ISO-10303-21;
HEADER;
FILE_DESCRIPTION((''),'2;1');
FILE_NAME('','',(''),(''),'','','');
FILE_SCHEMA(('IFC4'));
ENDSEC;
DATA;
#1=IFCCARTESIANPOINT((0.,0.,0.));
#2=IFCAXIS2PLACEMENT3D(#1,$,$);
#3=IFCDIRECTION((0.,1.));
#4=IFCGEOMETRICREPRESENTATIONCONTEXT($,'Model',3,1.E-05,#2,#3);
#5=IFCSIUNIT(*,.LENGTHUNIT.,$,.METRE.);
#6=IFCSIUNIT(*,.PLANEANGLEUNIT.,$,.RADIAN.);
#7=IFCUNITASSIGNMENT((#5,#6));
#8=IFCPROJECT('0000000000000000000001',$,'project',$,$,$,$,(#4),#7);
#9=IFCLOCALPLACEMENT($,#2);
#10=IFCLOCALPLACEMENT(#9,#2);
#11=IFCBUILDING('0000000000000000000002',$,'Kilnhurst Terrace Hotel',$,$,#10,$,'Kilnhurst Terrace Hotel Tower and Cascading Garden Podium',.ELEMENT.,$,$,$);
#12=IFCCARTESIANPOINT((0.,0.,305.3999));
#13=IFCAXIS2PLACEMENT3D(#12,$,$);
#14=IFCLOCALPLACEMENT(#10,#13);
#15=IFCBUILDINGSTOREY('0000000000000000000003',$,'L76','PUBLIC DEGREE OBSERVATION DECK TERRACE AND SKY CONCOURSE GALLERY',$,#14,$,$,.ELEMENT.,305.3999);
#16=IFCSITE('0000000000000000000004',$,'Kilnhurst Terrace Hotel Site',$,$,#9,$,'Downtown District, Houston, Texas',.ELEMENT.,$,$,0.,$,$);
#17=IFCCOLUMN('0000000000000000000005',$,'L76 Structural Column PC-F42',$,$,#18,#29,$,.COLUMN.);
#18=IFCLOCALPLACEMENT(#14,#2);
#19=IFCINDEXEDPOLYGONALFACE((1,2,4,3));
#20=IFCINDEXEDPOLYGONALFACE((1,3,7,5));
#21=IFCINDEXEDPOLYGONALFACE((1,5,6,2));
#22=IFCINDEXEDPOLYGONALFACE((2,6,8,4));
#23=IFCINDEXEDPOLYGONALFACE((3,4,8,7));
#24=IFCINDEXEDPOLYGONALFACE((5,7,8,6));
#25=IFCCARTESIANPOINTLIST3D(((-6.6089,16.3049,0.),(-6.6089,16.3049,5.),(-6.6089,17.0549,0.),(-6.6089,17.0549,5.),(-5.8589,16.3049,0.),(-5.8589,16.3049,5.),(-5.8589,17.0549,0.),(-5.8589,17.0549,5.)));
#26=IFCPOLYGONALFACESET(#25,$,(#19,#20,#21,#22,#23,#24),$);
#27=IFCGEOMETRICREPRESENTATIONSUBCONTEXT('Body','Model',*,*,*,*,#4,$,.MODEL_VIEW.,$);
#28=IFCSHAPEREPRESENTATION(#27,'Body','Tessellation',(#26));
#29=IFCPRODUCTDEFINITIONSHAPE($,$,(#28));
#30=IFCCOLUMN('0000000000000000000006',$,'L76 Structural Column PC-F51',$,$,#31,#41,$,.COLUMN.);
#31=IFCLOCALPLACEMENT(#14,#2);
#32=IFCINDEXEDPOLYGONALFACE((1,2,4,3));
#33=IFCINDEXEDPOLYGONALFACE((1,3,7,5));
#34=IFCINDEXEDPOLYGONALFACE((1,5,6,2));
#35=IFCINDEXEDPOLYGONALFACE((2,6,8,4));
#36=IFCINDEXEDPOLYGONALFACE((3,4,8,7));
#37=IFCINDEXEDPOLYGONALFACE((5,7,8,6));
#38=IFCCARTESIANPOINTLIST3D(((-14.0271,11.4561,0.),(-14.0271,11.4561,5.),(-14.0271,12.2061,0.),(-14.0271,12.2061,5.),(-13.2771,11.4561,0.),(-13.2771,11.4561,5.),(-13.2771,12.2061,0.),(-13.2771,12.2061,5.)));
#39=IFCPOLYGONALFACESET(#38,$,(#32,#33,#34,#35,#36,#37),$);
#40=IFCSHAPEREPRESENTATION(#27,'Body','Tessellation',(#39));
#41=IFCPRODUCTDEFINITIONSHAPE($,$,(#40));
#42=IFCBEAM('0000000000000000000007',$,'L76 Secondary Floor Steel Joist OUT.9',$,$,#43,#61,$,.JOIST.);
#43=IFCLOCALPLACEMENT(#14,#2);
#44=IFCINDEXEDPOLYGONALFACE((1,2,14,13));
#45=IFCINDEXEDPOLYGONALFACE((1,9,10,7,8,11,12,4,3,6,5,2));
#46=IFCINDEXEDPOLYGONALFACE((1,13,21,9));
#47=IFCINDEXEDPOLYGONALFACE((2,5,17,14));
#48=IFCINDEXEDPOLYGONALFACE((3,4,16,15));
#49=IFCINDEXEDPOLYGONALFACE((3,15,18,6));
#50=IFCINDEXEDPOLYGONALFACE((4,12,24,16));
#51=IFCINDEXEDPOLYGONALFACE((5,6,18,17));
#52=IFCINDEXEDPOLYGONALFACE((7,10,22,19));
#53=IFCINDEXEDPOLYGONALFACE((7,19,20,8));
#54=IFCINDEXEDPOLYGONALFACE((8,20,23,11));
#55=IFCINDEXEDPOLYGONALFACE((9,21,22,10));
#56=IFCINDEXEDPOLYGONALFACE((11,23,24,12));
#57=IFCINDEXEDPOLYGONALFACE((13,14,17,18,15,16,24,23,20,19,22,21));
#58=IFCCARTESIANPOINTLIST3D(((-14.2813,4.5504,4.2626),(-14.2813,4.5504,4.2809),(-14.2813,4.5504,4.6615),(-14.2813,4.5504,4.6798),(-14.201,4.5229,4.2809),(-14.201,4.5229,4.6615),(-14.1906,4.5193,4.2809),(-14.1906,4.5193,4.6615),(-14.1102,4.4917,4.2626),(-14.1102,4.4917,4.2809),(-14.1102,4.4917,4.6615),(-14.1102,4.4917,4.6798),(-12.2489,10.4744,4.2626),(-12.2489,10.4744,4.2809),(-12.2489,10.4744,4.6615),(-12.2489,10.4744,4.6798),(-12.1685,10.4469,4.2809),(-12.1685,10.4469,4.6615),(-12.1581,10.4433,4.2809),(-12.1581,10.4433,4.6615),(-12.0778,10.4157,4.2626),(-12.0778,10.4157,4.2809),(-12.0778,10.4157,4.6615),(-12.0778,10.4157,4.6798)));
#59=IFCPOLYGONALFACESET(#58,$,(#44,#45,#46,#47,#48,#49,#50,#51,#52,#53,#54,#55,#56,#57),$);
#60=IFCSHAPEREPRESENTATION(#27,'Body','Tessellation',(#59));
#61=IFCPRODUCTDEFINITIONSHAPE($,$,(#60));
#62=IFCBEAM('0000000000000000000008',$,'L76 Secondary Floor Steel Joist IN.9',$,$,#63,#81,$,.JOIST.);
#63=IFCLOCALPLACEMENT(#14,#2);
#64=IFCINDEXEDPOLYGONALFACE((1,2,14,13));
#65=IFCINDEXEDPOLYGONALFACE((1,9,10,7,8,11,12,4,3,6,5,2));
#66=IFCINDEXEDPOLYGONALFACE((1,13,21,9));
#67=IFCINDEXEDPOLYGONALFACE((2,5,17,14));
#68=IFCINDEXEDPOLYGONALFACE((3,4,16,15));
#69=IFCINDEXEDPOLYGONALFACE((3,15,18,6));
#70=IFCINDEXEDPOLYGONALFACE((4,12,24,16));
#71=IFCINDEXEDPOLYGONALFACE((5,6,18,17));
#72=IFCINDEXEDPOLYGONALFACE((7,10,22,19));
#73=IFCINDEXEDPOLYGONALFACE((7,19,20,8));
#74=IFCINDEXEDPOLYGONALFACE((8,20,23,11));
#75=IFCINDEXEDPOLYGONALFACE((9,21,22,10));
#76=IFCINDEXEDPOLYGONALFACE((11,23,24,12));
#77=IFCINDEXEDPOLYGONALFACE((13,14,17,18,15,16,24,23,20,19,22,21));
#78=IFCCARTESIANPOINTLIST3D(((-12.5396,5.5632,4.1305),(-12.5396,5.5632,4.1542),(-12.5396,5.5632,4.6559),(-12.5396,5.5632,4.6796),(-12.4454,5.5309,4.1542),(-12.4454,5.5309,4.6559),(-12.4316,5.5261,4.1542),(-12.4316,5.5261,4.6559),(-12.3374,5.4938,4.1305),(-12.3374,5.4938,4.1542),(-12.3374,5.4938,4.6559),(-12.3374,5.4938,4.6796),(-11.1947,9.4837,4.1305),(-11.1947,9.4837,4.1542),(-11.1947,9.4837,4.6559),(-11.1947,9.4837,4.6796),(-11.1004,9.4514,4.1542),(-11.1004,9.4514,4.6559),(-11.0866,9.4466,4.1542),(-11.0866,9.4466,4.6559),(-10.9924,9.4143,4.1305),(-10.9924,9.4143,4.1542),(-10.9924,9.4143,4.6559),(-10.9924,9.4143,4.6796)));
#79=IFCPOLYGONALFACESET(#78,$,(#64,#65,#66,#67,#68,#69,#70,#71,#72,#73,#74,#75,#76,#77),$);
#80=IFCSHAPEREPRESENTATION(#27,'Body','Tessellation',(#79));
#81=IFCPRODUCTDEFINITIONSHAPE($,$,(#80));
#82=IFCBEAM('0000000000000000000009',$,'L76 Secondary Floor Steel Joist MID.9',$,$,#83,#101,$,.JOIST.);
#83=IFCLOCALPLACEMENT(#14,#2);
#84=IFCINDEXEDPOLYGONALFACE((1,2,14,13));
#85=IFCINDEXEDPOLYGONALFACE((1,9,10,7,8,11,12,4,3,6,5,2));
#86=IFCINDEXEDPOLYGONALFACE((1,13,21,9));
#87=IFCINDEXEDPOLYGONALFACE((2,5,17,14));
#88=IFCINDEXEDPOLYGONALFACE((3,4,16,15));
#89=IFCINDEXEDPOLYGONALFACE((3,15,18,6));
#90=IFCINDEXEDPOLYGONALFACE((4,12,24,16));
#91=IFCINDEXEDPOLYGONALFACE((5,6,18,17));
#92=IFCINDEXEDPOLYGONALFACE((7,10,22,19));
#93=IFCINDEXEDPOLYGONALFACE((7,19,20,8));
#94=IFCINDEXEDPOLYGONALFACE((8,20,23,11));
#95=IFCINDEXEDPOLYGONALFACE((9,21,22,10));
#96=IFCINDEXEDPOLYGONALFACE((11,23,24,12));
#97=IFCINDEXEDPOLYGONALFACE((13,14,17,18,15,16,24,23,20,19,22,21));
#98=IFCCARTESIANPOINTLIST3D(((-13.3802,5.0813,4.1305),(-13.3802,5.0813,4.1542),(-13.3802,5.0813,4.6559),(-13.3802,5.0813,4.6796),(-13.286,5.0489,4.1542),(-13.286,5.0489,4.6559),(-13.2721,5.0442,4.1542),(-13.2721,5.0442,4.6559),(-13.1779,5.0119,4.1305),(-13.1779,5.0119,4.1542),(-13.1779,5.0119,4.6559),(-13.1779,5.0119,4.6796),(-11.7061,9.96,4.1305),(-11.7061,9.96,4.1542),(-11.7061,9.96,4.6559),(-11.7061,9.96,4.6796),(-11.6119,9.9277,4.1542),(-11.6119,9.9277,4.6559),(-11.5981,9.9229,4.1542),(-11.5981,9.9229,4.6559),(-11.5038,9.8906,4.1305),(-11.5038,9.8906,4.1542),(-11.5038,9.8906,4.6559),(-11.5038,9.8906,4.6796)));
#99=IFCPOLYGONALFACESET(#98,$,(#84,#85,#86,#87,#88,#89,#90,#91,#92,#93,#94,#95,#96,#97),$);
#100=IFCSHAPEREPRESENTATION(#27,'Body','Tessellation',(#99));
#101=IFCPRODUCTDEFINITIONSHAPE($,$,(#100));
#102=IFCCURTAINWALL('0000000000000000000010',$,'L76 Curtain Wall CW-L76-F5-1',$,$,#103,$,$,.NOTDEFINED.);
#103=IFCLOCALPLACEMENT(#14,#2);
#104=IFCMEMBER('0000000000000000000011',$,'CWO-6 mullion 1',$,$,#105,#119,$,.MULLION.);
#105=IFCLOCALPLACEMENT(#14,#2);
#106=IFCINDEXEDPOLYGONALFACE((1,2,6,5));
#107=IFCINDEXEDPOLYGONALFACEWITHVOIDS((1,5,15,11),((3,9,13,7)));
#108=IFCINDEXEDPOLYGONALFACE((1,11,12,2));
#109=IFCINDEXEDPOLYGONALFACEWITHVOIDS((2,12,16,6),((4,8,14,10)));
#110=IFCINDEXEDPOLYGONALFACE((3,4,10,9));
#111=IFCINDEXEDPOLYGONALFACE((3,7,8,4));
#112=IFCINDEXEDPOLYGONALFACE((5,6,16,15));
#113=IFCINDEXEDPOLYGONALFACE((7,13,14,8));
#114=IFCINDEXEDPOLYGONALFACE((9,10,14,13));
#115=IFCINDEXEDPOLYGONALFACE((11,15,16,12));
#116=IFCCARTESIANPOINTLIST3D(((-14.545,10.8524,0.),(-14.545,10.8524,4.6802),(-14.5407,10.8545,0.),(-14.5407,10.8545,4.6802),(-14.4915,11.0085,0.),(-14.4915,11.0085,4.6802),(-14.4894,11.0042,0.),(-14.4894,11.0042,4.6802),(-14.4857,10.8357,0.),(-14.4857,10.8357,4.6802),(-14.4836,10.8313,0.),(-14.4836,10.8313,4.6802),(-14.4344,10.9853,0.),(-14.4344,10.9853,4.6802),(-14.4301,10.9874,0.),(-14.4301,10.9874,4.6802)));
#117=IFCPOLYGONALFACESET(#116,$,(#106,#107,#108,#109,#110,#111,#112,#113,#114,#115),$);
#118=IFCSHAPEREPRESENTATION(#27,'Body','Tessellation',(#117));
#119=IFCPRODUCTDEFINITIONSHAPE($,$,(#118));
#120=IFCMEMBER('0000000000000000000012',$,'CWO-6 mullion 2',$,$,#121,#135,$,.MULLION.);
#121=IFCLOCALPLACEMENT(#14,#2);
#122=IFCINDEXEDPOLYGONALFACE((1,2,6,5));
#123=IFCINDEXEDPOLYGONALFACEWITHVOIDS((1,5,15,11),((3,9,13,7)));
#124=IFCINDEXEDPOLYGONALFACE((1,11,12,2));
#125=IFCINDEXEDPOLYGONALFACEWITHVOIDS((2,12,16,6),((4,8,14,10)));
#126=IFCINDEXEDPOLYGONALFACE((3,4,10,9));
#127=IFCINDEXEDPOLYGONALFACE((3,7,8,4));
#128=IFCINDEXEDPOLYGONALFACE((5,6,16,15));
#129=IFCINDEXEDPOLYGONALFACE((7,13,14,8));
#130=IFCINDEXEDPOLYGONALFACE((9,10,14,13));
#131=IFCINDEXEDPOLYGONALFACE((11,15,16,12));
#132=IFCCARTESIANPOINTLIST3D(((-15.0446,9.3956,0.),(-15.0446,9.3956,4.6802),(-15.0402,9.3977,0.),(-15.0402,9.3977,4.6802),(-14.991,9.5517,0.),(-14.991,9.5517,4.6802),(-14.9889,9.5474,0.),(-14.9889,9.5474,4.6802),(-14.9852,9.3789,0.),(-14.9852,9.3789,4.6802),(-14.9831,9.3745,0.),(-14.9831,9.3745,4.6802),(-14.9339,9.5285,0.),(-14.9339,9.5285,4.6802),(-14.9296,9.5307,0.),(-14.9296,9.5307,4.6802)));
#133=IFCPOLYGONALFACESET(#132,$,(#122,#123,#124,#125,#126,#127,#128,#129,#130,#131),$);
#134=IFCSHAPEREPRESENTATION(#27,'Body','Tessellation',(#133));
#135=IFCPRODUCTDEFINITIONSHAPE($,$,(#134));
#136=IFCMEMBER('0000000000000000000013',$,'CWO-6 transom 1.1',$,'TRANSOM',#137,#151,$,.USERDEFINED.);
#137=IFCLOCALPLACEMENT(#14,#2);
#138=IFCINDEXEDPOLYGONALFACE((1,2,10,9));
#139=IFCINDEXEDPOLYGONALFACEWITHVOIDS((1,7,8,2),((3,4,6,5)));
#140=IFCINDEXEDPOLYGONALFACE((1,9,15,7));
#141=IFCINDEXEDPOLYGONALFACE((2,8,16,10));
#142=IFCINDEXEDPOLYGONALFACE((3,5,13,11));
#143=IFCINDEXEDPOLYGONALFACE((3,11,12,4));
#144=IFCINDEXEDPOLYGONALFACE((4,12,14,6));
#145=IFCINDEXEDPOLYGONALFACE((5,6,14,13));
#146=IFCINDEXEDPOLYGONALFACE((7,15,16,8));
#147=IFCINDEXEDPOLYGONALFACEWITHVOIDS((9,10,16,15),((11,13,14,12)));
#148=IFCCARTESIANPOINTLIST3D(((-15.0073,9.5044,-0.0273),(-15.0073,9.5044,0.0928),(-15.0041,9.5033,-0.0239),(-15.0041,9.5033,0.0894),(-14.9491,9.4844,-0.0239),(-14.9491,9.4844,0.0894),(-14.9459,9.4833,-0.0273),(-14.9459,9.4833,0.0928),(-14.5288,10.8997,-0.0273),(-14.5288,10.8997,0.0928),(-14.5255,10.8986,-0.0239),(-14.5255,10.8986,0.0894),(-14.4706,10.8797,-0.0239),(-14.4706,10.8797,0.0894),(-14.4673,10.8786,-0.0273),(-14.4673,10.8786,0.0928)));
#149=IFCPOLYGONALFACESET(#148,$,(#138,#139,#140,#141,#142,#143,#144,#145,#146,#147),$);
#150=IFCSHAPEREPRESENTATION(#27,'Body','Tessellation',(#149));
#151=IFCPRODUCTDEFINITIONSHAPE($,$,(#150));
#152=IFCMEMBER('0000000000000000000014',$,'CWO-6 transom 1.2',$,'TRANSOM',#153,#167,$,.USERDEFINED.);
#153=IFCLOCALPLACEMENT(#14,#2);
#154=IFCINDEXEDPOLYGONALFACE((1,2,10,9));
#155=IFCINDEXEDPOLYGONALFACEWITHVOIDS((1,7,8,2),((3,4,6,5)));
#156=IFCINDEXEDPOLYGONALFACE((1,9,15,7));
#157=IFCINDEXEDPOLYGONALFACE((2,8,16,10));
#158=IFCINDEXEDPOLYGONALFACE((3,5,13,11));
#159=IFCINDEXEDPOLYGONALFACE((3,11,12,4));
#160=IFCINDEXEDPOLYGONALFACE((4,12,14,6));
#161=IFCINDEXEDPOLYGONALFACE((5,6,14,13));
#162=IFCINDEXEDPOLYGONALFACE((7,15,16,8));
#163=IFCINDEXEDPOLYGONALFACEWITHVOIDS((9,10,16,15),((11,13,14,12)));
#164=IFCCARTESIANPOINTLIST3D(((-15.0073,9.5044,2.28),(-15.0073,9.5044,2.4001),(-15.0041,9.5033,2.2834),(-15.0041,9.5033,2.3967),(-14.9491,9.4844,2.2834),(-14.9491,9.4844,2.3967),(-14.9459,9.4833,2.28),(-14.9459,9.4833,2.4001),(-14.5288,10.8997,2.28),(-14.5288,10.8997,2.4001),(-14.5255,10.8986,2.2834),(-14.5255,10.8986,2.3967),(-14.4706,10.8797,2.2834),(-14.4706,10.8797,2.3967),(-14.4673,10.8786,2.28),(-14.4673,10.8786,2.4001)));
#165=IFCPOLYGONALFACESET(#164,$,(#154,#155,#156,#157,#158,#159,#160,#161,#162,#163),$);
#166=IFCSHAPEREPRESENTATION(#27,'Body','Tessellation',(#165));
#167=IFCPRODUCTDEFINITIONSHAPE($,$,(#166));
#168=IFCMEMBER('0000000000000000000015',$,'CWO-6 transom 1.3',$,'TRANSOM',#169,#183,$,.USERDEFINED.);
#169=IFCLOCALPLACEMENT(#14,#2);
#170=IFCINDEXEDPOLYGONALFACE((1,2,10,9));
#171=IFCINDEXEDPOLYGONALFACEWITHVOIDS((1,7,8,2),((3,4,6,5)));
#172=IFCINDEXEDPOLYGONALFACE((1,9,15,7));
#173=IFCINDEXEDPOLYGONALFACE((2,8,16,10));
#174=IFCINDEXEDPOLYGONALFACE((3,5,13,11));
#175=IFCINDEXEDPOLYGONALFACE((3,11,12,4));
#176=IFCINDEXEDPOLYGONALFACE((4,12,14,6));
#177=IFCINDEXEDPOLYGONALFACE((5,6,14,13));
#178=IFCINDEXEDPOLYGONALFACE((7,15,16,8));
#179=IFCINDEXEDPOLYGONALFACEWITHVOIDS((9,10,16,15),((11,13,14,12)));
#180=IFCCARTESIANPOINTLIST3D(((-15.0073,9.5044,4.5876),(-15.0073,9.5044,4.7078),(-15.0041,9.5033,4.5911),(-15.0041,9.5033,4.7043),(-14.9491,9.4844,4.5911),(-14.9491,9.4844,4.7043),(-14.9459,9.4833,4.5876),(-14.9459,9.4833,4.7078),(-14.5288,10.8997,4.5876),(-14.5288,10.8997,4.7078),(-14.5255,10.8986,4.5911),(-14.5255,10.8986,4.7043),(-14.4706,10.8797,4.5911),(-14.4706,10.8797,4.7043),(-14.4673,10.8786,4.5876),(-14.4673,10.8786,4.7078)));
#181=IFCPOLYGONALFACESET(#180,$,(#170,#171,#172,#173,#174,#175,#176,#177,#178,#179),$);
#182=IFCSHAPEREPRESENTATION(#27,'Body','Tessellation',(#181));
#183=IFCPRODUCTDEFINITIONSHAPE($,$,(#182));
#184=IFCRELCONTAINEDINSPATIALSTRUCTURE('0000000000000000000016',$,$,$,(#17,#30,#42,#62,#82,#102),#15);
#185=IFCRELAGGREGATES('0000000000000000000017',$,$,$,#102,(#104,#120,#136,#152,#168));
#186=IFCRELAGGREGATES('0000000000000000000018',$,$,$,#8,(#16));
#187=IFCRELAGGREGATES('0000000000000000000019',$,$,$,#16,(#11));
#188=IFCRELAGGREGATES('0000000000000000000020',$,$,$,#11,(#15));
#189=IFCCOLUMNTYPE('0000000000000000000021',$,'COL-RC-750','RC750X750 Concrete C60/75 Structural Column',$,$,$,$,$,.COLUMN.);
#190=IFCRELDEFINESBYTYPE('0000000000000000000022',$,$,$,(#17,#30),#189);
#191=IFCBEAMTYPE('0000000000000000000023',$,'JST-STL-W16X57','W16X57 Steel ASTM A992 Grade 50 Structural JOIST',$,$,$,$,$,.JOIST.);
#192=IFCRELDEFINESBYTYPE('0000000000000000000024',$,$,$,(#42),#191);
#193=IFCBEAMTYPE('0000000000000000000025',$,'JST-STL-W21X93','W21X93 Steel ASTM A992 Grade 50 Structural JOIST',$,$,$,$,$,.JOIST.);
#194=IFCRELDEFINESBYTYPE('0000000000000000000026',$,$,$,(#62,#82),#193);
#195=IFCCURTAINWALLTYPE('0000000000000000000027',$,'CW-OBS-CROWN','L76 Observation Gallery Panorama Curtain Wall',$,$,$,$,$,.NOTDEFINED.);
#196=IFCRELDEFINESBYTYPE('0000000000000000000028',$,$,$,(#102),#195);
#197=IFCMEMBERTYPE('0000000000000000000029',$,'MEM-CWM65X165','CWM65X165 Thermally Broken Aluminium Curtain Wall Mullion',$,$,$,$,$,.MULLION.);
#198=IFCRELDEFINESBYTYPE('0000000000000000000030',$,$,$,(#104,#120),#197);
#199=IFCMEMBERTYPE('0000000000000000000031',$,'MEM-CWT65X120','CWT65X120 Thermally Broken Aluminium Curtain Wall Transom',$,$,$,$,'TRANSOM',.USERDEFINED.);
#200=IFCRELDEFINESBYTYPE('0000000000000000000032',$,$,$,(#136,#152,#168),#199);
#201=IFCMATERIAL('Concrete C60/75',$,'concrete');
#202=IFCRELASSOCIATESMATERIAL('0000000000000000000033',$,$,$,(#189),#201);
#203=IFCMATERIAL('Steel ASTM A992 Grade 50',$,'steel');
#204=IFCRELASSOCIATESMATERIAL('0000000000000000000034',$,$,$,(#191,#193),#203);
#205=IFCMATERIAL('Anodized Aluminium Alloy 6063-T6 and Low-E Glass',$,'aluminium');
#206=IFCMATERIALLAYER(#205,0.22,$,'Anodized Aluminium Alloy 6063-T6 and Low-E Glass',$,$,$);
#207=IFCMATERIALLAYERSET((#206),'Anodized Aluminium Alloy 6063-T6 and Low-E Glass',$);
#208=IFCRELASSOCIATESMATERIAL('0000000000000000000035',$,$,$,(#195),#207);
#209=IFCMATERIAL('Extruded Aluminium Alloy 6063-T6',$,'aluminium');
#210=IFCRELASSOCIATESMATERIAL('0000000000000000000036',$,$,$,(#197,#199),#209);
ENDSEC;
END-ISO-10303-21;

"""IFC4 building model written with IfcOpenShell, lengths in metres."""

from ifc_helpers import new_model, si_unit, direction, frame, origin, origin_2d, place, context, subcontext, project, spatial, rectangle, hollow_rectangle, i_section, extrude, material, layer, layer_set, material_profile, profile_set, type_object, element, aggregate, save


model = new_model("IFC4")

# Units and contexts
model_context = context("Model", 3, precision=1e-05, world=origin(), true_north=direction((0.0, 1.0)))
body_context = subcontext(model_context, "Body", "Model", "MODEL_VIEW")
ifc_project = project(units=[si_unit("LENGTHUNIT", "METRE"), si_unit("PLANEANGLEUNIT", "RADIAN")], contexts=[model_context])

# Site, building, storey
site_placement = place(None, origin())
site = spatial("IfcSite", under=ifc_project, at=site_placement, Name="Kilnhurst Terrace Hotel Site", LongName="Downtown District, Houston, Texas", CompositionType="ELEMENT", RefElevation=0.0)
building_placement = place(site_placement, origin())
building = spatial("IfcBuilding", under=site, at=building_placement, Name="Kilnhurst Terrace Hotel", LongName="Kilnhurst Terrace Hotel Tower and Cascading Garden Podium", CompositionType="ELEMENT")
storey_placement = place(building_placement, frame((0.0, 0.0, 305.3999)))
storey = spatial("IfcBuildingStorey", under=building, at=storey_placement, Name="L76", Description="PUBLIC DEGREE OBSERVATION DECK TERRACE AND SKY CONCOURSE GALLERY", CompositionType="ELEMENT", Elevation=305.3999)

# Columns
ifc_material_1 = material(Name="Concrete C60/75", Category="concrete")
ifc_material_profile_1 = material_profile(ifc_material_1, rectangle(XDim=0.75, YDim=0.75, at=origin_2d()), Name="RC750X750")
ifc_profile_set_1 = profile_set([ifc_material_profile_1], Name="Concrete C60/75")
column_type = type_object("IfcColumnType", Name="COL-RC-750", Description="RC750X750 Concrete C60/75 Structural Column", PredefinedType="COLUMN", material=ifc_profile_set_1)
for number, where, z_axis, x_axis, name in (
    (1, (-6.2339, 16.6799, 0.0), (0.0, 0.0, 1.0), (1.0, 0.0, 0.0), "L76 Structural Column PC-F42"),
    (2, (-13.6521, 11.8311, 0.0), (0.0, 0.0, 1.0), (1.0, 0.0, 0.0), "L76 Structural Column PC-F51"),
):
    element("IfcColumn", number, at=place(storey_placement, frame(where, z_axis=z_axis, x_axis=x_axis)), inside=storey, type_object=column_type, Name=name, PredefinedType="COLUMN", context=body_context, shape_type="SweptSolid", body=[
        extrude(rectangle(XDim=0.75, YDim=0.75, at=origin_2d()), origin(), (0.0, 0.0, 1.0), 5.0),
    ])

# Beams
ifc_material_2 = material(Name="Steel ASTM A992 Grade 50", Category="steel")
ifc_material_profile_2 = material_profile(ifc_material_2, i_section(OverallWidth=0.1809, OverallDepth=0.4172, WebThickness=0.011, FlangeThickness=0.0183, at=origin_2d()), Name="W16X57")
ifc_profile_set_2 = profile_set([ifc_material_profile_2], Name="Steel ASTM A992 Grade 50")
beam_type_1 = type_object("IfcBeamType", Name="JST-STL-W16X57", Description="W16X57 Steel ASTM A992 Grade 50 Structural JOIST", PredefinedType="JOIST", material=ifc_profile_set_2)
beam_1_placement = place(storey_placement, frame((-12.1633, 10.4451, 4.4712), z_axis=(-0.324519, -0.945879, 0.0), x_axis=(0.945879, -0.324519, 0.0)))
element("IfcBeam", 3, at=beam_1_placement, inside=storey, type_object=beam_type_1, Name="L76 Secondary Floor Steel Joist OUT.9", PredefinedType="JOIST", context=body_context, shape_type="SweptSolid", body=[
    extrude(i_section(OverallWidth=0.1809, OverallDepth=0.4172, WebThickness=0.011, FlangeThickness=0.0183, at=origin_2d()), origin(), (0.0, 0.0, 1.0), 6.2629),
])
ifc_material_profile_3 = material_profile(ifc_material_2, i_section(OverallWidth=0.2139, OverallDepth=0.5491, WebThickness=0.0146, FlangeThickness=0.0237, at=origin_2d()), Name="W21X93")
ifc_profile_set_3 = profile_set([ifc_material_profile_3], Name="Steel ASTM A992 Grade 50")
beam_type_2 = type_object("IfcBeamType", Name="JST-STL-W21X93", Description="W21X93 Steel ASTM A992 Grade 50 Structural JOIST", PredefinedType="JOIST", material=ifc_profile_set_3)
beam_2_placement = place(storey_placement, frame((-11.0935, 9.449, 4.405), z_axis=(-0.324504, -0.945884, 0.0), x_axis=(0.945884, -0.324504, 0.0)))
element("IfcBeam", 4, at=beam_2_placement, inside=storey, type_object=beam_type_2, Name="L76 Secondary Floor Steel Joist IN.9", PredefinedType="JOIST", context=body_context, shape_type="SweptSolid", body=[
    extrude(i_section(OverallWidth=0.2139, OverallDepth=0.5491, WebThickness=0.0146, FlangeThickness=0.0237, at=origin_2d()), origin(), (0.0, 0.0, 1.0), 4.1448),
])
beam_3_placement = place(storey_placement, frame((-11.605, 9.9253, 4.405), z_axis=(-0.324565, -0.945863, 0.0), x_axis=(0.945863, -0.324565, 0.0)))
element("IfcBeam", 5, at=beam_3_placement, inside=storey, type_object=beam_type_2, Name="L76 Secondary Floor Steel Joist MID.9", PredefinedType="JOIST", context=body_context, shape_type="SweptSolid", body=[
    extrude(i_section(OverallWidth=0.2139, OverallDepth=0.5491, WebThickness=0.0146, FlangeThickness=0.0237, at=origin_2d()), origin(), (0.0, 0.0, 1.0), 5.158),
])

# Curtain wall, members
ifc_material_3 = material(Name="Anodized Aluminium Alloy 6063-T6 and Low-E Glass", Category="aluminium")
ifc_layer_1 = layer(ifc_material_3, 0.22, Name="Anodized Aluminium Alloy 6063-T6 and Low-E Glass")
ifc_layer_set_1 = layer_set([ifc_layer_1], Name="Anodized Aluminium Alloy 6063-T6 and Low-E Glass")
curtain_wall_type = type_object("IfcCurtainWallType", Name="CW-OBS-CROWN", Description="L76 Observation Gallery Panorama Curtain Wall", PredefinedType="NOTDEFINED", material=ifc_layer_set_1)
curtain_wall_placement = place(storey_placement, origin())
curtain_wall = element("IfcCurtainWall", 6, at=curtain_wall_placement, inside=storey, type_object=curtain_wall_type, Name="L76 Curtain Wall CW-L76-F5-1", PredefinedType="NOTDEFINED")
ifc_material_4 = material(Name="Extruded Aluminium Alloy 6063-T6", Category="aluminium")
ifc_material_profile_4 = material_profile(ifc_material_4, hollow_rectangle(XDim=0.0649, YDim=0.165, WallThickness=0.0034, at=origin_2d()), Name="CWM65X165")
ifc_profile_set_4 = profile_set([ifc_material_profile_4], Name="Extruded Aluminium Alloy 6063-T6")
member_type_1 = type_object("IfcMemberType", Name="MEM-CWM65X165", Description="CWM65X165 Thermally Broken Aluminium Curtain Wall Mullion", PredefinedType="MULLION", material=ifc_profile_set_4)
member_1_placement = place(storey_placement, frame((-14.4875, 10.9199, 0.0), z_axis=(0.0, 0.0, 1.0), x_axis=(0.945887, -0.324496, 0.0)))
member_1 = element("IfcMember", 7, at=member_1_placement, type_object=member_type_1, Name="CWO-6 mullion 1", PredefinedType="MULLION", context=body_context, shape_type="SweptSolid", body=[
    extrude(hollow_rectangle(XDim=0.0649, YDim=0.165, WallThickness=0.0034, at=origin_2d()), origin(), (0.0, 0.0, 1.0), 4.6802),
])
member_2_placement = place(storey_placement, frame((-14.9871, 9.4631, 0.0), z_axis=(0.0, 0.0, 1.0), x_axis=(0.945887, -0.324496, 0.0)))
member_2 = element("IfcMember", 8, at=member_2_placement, type_object=member_type_1, Name="CWO-6 mullion 2", PredefinedType="MULLION", context=body_context, shape_type="SweptSolid", body=[
    extrude(hollow_rectangle(XDim=0.0649, YDim=0.165, WallThickness=0.0034, at=origin_2d()), origin(), (0.0, 0.0, 1.0), 4.6802),
])
ifc_material_profile_5 = material_profile(ifc_material_4, hollow_rectangle(XDim=0.0649, YDim=0.1201, WallThickness=0.0034, at=origin_2d()), Name="CWT65X120")
ifc_profile_set_5 = profile_set([ifc_material_profile_5], Name="Extruded Aluminium Alloy 6063-T6")
member_type_2 = type_object("IfcMemberType", Name="MEM-CWT65X120", Description="CWT65X120 Thermally Broken Aluminium Curtain Wall Transom", ElementType="TRANSOM", PredefinedType="USERDEFINED", material=ifc_profile_set_5)
member_3_placement = place(storey_placement, frame((-14.498, 10.8892, 0.0327), z_axis=(-0.324409, -0.945917, 0.0), x_axis=(0.945917, -0.324409, 0.0)))
member_3 = element("IfcMember", 9, at=member_3_placement, type_object=member_type_2, Name="CWO-6 transom 1.1", ObjectType="TRANSOM", PredefinedType="USERDEFINED", context=body_context, shape_type="SweptSolid", body=[
    extrude(hollow_rectangle(XDim=0.0649, YDim=0.1201, WallThickness=0.0034, at=origin_2d()), origin(), (0.0, 0.0, 1.0), 1.4751),
])
member_4_placement = place(storey_placement, frame((-14.498, 10.8892, 2.3401), z_axis=(-0.324409, -0.945917, 0.0), x_axis=(0.945917, -0.324409, 0.0)))
member_4 = element("IfcMember", 10, at=member_4_placement, type_object=member_type_2, Name="CWO-6 transom 1.2", ObjectType="TRANSOM", PredefinedType="USERDEFINED", context=body_context, shape_type="SweptSolid", body=[
    extrude(hollow_rectangle(XDim=0.0649, YDim=0.1201, WallThickness=0.0034, at=origin_2d()), origin(), (0.0, 0.0, 1.0), 1.4751),
])
member_5_placement = place(storey_placement, frame((-14.498, 10.8892, 4.6477), z_axis=(-0.324409, -0.945917, 0.0), x_axis=(0.945917, -0.324409, 0.0)))
member_5 = element("IfcMember", 11, at=member_5_placement, type_object=member_type_2, Name="CWO-6 transom 1.3", ObjectType="TRANSOM", PredefinedType="USERDEFINED", context=body_context, shape_type="SweptSolid", body=[
    extrude(hollow_rectangle(XDim=0.0649, YDim=0.1201, WallThickness=0.0034, at=origin_2d()), origin(), (0.0, 0.0, 1.0), 1.4751),
])

aggregate(curtain_wall, [member_1, member_2, member_3, member_4, member_5])

save(model, "model.ifc")
